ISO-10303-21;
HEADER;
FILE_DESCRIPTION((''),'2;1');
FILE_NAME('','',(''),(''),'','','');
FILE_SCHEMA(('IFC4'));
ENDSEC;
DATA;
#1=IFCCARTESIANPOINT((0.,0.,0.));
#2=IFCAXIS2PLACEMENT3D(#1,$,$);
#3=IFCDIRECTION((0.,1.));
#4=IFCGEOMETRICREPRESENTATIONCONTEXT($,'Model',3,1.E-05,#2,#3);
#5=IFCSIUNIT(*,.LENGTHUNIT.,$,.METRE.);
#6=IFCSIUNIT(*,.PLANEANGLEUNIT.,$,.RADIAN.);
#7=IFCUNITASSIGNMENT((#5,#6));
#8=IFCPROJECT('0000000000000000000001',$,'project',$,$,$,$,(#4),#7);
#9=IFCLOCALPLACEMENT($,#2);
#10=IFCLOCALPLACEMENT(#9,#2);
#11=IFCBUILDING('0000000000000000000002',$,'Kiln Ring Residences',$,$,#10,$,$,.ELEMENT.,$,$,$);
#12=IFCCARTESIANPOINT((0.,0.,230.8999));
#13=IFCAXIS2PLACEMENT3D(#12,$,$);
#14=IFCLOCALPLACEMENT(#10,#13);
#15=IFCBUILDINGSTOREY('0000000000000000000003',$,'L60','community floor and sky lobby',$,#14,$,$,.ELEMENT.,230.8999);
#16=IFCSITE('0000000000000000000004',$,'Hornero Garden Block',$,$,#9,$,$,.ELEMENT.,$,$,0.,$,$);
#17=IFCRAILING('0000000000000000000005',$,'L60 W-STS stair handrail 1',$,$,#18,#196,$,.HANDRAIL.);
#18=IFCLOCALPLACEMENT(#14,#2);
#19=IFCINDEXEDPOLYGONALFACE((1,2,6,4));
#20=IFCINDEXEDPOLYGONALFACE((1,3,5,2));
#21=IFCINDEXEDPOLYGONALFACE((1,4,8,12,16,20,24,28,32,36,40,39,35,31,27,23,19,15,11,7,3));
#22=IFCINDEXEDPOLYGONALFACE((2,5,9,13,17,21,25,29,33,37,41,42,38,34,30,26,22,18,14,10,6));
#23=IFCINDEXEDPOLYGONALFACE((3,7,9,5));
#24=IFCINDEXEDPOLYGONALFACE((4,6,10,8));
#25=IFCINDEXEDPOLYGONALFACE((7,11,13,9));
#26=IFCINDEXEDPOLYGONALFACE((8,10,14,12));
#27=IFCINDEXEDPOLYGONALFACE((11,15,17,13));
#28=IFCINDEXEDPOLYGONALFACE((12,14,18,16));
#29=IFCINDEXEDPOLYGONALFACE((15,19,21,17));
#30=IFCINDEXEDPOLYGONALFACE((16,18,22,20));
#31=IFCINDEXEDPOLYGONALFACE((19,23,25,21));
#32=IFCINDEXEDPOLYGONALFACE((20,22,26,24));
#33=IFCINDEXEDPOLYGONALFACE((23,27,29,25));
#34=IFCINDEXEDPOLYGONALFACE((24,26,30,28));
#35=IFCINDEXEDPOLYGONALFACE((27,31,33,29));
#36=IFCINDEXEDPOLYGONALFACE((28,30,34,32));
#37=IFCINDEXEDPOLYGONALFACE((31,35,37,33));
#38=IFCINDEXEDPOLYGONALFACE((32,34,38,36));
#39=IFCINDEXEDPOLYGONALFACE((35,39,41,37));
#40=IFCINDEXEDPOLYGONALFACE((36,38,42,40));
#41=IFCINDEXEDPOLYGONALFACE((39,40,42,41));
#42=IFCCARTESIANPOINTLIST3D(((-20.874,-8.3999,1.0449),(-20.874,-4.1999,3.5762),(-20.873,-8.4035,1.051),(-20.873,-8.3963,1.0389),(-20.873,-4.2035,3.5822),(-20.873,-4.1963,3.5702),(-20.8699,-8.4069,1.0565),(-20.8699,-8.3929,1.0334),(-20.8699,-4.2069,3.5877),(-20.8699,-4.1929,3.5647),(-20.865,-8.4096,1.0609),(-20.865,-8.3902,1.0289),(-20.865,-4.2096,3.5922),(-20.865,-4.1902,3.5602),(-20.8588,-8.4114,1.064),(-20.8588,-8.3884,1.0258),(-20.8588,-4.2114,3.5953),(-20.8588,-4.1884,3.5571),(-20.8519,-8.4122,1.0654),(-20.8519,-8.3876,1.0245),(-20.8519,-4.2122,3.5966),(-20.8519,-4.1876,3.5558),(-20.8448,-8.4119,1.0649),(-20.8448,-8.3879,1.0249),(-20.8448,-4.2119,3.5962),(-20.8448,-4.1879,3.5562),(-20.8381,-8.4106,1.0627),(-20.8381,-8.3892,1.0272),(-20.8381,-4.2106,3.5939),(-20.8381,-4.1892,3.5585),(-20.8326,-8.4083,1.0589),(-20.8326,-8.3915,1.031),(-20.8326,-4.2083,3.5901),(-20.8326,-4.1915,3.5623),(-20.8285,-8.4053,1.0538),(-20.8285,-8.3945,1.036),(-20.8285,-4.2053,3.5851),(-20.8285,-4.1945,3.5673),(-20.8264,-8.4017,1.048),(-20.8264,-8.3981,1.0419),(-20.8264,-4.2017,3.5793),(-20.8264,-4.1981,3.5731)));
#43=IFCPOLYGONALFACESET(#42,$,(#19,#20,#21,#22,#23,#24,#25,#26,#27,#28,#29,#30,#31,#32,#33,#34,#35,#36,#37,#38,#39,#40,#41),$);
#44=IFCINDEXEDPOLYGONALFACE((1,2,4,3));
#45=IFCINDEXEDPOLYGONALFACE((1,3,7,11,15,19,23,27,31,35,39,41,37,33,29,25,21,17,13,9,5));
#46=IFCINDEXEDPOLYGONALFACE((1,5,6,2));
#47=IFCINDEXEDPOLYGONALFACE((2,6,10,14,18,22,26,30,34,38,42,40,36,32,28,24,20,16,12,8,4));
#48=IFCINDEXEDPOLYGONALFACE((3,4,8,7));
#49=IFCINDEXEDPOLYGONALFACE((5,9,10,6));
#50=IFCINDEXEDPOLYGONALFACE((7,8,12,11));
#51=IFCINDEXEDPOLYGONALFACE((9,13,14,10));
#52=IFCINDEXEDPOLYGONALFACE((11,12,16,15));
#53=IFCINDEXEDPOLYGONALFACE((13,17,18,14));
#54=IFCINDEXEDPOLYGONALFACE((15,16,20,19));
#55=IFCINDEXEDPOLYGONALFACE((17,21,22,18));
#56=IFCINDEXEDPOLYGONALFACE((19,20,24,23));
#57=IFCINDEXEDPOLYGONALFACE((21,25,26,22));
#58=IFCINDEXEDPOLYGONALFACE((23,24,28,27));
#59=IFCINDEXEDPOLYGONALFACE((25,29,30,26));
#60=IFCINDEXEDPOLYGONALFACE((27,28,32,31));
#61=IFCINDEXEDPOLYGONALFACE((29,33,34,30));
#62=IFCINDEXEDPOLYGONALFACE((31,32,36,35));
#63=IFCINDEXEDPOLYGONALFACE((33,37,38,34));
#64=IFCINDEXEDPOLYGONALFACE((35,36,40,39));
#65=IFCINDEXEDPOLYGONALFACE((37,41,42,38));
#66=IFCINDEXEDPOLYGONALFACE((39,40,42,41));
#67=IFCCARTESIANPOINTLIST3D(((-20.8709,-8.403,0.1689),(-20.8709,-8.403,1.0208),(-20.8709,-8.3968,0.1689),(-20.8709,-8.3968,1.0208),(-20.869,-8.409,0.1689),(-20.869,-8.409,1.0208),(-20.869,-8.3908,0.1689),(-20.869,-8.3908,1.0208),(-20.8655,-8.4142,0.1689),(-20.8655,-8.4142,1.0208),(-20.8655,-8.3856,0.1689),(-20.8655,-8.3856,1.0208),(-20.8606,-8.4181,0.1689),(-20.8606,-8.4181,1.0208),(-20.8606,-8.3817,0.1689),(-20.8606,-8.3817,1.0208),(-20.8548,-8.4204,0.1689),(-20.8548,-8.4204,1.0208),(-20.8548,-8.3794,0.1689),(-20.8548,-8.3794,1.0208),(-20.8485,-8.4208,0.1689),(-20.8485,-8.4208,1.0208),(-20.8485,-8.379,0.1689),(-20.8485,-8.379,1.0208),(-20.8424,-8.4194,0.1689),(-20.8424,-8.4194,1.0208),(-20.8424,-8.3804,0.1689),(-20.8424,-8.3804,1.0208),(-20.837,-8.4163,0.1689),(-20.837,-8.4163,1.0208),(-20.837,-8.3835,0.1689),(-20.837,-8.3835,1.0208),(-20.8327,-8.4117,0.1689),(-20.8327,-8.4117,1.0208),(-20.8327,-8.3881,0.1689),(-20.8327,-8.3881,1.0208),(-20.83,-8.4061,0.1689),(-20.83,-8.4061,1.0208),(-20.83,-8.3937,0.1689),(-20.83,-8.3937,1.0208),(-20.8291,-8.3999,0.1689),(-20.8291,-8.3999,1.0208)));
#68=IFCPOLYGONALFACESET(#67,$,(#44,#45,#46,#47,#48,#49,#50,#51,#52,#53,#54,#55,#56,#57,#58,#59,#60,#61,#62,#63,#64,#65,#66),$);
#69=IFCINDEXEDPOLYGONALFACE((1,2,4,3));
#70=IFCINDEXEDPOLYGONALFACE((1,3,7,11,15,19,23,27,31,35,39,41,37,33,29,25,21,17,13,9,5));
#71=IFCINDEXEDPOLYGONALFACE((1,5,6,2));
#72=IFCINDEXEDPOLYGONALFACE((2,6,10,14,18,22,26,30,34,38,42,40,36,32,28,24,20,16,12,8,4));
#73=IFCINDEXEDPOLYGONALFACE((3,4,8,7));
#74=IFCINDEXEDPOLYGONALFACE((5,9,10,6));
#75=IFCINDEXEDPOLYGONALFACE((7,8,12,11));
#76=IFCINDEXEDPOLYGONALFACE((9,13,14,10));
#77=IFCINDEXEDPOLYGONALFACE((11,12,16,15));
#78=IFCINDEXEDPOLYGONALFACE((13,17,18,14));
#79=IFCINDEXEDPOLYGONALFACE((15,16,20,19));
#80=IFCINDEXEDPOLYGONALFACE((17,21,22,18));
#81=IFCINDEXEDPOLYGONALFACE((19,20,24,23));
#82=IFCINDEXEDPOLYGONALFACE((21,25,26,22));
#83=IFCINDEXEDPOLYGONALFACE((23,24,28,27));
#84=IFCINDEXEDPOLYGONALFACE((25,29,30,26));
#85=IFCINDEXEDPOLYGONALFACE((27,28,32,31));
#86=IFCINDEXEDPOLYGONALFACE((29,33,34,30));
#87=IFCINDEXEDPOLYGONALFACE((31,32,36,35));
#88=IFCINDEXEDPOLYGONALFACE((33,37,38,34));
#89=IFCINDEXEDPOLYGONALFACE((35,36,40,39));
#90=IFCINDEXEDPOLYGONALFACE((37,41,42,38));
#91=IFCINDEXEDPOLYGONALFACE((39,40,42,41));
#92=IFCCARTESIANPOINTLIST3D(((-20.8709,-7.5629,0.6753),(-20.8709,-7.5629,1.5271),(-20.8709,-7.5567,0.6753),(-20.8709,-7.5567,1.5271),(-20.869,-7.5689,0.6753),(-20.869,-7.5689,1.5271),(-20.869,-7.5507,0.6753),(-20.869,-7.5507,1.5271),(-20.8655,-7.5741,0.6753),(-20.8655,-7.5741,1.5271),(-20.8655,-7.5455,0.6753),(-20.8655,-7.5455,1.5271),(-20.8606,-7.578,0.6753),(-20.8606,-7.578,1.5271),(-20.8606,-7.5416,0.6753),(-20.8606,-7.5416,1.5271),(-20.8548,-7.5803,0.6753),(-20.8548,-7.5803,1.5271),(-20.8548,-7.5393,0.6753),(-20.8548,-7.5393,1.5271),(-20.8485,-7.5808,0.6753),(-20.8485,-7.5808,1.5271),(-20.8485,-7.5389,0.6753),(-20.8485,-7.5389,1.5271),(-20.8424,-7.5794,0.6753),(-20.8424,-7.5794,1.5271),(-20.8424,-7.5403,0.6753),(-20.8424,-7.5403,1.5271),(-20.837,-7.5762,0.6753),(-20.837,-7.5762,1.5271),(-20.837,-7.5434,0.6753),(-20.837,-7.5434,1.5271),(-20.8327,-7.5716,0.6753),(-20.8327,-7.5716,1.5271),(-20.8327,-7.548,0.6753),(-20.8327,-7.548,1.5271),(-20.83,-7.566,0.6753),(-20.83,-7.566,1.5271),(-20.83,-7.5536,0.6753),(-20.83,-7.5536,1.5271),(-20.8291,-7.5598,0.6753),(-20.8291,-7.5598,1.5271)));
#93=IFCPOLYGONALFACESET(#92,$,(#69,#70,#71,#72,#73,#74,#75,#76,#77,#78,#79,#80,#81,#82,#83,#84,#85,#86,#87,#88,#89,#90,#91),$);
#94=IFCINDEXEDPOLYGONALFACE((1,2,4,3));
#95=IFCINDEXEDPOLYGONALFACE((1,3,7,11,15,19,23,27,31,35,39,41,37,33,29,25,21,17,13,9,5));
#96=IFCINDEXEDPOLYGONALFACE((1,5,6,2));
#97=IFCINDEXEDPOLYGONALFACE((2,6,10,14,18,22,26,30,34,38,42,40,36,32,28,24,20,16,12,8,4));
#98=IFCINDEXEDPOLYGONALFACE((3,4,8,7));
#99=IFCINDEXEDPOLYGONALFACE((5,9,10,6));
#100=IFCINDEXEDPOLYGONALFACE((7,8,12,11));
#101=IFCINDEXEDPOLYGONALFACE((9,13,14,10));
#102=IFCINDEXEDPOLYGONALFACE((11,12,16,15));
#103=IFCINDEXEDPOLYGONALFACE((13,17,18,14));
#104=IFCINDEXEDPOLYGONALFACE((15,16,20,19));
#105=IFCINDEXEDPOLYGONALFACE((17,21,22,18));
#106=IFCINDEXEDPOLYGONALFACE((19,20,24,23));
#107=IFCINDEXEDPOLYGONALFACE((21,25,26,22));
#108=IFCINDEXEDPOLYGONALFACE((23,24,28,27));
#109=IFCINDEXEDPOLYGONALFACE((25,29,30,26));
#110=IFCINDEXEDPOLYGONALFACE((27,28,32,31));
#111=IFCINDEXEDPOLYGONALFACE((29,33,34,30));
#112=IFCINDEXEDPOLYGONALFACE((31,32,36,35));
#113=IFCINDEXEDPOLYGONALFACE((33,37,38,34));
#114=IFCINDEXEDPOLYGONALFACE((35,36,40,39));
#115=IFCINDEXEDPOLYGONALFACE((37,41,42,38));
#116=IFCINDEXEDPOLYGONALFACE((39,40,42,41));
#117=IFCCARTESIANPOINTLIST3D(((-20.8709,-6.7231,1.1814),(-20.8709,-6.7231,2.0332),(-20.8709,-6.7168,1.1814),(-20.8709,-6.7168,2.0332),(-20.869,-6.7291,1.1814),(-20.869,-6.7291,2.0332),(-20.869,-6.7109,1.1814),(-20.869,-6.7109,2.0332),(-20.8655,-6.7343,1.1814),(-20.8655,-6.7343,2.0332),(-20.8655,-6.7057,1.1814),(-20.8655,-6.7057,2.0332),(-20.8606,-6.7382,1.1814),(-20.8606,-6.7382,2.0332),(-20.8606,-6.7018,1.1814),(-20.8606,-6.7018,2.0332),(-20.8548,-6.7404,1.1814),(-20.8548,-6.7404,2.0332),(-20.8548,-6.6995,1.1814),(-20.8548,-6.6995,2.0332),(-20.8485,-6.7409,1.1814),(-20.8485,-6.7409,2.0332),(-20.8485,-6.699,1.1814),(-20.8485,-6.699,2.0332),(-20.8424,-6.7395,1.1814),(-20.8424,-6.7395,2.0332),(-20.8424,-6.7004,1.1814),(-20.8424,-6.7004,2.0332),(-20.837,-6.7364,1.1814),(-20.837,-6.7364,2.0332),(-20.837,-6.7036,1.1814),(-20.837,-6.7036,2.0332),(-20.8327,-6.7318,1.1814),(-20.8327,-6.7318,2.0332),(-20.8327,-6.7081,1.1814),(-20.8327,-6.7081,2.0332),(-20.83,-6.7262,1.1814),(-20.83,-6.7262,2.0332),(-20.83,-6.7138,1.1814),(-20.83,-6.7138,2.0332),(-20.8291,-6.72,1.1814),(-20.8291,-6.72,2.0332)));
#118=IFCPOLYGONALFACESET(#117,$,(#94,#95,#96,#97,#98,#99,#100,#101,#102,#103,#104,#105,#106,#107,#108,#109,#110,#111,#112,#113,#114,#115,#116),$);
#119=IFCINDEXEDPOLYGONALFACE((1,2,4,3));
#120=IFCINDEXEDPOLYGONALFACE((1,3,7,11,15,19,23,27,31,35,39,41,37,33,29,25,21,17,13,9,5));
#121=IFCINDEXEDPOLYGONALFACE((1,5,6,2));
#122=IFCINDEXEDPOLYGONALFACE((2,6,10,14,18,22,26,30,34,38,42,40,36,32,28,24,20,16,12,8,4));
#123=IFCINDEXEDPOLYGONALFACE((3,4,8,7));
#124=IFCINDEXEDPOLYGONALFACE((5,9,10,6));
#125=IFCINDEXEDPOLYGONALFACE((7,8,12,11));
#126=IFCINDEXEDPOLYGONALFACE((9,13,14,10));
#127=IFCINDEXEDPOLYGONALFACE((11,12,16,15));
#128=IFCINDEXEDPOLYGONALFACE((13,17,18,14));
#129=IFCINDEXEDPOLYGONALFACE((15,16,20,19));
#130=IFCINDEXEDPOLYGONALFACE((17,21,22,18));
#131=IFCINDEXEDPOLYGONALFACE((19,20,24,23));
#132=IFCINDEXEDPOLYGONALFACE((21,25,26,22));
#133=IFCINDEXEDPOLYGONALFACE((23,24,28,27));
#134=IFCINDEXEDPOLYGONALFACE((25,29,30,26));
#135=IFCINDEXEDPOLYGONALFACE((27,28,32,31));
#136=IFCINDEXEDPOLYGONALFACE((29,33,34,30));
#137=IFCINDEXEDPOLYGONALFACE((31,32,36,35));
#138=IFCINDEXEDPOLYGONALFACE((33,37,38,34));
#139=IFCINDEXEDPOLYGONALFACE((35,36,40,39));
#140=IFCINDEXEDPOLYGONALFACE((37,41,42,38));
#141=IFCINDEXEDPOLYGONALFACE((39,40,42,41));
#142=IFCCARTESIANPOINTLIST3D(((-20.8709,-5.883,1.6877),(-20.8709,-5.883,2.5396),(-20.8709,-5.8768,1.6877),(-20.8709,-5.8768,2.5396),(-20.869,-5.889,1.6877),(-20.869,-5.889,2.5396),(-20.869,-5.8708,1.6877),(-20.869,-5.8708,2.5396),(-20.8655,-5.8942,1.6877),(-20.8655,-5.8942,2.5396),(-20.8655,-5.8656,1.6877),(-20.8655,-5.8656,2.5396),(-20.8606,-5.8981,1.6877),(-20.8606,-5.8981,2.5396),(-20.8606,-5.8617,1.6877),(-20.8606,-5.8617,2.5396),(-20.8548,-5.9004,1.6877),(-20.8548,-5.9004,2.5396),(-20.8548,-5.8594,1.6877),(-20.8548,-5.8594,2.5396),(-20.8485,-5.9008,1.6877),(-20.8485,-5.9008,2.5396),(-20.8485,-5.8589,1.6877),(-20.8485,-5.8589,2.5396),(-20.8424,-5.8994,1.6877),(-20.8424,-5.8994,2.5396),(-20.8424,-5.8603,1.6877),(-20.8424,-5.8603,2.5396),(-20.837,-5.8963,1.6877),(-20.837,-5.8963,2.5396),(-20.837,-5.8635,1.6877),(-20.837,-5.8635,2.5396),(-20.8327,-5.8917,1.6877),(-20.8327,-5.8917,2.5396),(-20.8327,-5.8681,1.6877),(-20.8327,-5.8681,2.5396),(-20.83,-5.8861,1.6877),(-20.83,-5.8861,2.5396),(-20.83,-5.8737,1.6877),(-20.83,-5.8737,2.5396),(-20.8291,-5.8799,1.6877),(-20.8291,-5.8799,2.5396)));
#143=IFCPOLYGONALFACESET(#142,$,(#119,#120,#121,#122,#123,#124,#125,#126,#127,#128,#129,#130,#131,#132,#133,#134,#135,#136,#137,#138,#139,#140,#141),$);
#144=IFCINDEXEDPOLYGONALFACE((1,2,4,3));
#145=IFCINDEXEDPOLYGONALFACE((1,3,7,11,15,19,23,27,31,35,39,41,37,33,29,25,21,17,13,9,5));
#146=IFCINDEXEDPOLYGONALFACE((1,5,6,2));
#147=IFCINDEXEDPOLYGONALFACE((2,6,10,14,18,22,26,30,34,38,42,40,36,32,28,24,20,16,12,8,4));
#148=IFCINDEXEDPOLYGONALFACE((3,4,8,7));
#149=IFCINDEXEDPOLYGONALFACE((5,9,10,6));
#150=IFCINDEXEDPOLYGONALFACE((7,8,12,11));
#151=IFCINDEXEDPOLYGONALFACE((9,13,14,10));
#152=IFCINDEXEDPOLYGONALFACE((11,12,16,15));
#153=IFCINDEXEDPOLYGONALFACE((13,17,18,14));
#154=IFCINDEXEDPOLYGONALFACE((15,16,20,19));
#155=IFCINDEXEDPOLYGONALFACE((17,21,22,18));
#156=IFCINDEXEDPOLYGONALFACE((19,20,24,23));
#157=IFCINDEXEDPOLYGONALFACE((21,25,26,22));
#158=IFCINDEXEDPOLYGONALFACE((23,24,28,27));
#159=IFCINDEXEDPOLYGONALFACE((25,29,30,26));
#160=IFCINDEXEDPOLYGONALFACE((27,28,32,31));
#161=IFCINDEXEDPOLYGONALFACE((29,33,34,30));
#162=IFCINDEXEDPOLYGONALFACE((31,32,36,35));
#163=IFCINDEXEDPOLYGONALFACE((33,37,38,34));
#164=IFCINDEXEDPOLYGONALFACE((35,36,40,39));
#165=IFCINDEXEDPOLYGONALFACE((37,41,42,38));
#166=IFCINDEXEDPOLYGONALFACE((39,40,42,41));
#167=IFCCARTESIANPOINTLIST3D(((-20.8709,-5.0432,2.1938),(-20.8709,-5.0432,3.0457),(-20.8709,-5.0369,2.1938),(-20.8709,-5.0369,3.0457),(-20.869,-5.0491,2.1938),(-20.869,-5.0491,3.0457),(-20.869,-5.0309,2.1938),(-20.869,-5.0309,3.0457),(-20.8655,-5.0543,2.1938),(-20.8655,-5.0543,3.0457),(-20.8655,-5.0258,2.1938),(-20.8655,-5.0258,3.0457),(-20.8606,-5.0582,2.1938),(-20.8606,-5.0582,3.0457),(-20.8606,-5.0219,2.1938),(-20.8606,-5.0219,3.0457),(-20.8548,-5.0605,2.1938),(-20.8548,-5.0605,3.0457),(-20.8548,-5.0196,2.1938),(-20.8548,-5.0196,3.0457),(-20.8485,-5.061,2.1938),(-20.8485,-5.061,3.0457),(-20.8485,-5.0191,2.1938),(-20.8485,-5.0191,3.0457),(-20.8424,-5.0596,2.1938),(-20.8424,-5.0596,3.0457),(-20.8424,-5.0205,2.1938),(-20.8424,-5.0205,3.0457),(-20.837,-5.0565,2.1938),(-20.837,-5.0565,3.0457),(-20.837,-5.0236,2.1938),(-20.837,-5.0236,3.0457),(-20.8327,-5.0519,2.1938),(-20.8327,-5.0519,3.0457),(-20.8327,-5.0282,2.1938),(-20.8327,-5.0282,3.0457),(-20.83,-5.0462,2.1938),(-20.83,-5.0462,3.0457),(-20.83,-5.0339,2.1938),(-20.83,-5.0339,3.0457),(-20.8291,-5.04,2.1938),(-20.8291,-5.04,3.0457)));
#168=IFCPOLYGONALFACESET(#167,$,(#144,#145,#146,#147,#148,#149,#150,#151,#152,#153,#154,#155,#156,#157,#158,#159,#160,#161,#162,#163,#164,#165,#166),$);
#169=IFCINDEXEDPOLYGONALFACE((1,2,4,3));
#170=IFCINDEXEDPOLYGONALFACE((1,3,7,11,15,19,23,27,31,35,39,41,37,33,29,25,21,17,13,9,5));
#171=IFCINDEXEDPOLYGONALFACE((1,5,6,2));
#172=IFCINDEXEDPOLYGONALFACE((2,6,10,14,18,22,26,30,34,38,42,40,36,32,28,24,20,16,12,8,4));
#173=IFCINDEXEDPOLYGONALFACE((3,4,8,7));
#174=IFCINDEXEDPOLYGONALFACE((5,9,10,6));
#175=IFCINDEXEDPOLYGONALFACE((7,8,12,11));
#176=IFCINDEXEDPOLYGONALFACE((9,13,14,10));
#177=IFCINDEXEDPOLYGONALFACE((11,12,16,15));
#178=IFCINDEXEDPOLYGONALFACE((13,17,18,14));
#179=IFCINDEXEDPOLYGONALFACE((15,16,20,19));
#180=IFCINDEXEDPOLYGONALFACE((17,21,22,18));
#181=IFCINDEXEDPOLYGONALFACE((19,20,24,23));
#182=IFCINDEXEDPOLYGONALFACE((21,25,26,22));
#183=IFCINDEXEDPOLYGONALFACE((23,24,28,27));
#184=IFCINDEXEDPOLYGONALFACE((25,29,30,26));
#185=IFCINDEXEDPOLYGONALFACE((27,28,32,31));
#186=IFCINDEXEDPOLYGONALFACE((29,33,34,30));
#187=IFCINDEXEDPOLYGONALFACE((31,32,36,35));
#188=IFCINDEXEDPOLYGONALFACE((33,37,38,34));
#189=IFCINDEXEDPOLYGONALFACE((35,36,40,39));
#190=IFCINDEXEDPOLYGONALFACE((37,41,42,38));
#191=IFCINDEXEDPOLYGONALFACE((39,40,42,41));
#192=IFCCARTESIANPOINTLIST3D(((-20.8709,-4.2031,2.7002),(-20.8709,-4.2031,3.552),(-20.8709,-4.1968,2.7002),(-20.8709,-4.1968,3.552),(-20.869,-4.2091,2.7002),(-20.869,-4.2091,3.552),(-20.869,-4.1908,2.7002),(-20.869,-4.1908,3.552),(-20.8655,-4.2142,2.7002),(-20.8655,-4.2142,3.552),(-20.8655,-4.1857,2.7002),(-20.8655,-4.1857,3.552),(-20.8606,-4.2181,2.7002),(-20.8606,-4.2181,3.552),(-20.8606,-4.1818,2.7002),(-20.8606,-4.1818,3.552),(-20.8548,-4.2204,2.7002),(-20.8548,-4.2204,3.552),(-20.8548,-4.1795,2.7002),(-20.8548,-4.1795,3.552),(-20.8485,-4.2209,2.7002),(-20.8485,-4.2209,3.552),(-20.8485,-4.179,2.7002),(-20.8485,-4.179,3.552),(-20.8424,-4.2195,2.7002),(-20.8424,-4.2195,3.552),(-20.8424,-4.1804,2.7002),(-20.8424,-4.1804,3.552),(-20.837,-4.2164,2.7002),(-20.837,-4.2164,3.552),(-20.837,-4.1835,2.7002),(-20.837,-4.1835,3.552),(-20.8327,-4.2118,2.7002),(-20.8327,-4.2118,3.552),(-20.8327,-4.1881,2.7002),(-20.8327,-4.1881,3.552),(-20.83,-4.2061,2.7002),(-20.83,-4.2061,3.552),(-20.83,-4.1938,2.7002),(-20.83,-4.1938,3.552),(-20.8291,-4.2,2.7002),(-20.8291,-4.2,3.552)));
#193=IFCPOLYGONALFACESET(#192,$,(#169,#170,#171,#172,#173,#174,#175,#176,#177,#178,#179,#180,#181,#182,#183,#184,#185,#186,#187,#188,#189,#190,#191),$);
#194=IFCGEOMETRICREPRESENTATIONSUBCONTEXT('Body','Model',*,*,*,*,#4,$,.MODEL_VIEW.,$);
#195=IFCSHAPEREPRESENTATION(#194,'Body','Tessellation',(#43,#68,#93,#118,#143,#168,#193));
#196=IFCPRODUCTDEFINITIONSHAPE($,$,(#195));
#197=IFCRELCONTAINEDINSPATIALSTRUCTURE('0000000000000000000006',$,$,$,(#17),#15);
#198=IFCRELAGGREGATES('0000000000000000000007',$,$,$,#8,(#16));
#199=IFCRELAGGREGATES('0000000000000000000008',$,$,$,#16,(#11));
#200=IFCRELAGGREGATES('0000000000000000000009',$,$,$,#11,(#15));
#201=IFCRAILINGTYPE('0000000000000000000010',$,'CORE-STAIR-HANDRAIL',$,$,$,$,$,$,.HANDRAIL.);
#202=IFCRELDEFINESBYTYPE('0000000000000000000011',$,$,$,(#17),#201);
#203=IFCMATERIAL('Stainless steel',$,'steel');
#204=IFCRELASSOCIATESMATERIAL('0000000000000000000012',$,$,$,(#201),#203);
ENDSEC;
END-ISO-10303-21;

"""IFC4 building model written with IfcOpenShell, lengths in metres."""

from ifc_helpers import new_model, si_unit, direction, frame, origin, origin_2d, place, context, subcontext, project, spatial, circle, extrude, material, type_object, element, save


model = new_model("IFC4")

# Units and contexts
model_context = context("Model", 3, precision=1e-05, world=origin(), true_north=direction((0.0, 1.0)))
body_context = subcontext(model_context, "Body", "Model", "MODEL_VIEW")
ifc_project = project(units=[si_unit("LENGTHUNIT", "METRE"), si_unit("PLANEANGLEUNIT", "RADIAN")], contexts=[model_context])

# Site, building, storey
site_placement = place(None, origin())
site = spatial("IfcSite", under=ifc_project, at=site_placement, Name="Hornero Garden Block", CompositionType="ELEMENT", RefElevation=0.0)
building_placement = place(site_placement, origin())
building = spatial("IfcBuilding", under=site, at=building_placement, Name="Kiln Ring Residences", CompositionType="ELEMENT")
storey_placement = place(building_placement, frame((0.0, 0.0, 230.8999)))
storey = spatial("IfcBuildingStorey", under=building, at=storey_placement, Name="L60", Description="community floor and sky lobby", CompositionType="ELEMENT", Elevation=230.8999)

# Railing
ifc_material_1 = material(Name="Stainless steel", Category="steel")
railing_type_1 = type_object("IfcRailingType", Name="CORE-STAIR-HANDRAIL", PredefinedType="HANDRAIL", material=ifc_material_1)
railing_1_placement = place(storey_placement, frame((-20.8501, -8.3999, 0.1689)))
element("IfcRailing", 1, at=railing_1_placement, inside=storey, type_object=railing_type_1, Name="L60 W-STS stair handrail 1", PredefinedType="HANDRAIL", context=body_context, shape_type="SweptSolid", body=[
    extrude(circle(Radius=0.0239, at=origin_2d()), frame((0.0, 0.0, 0.876), z_axis=(0.0, 0.856476, 0.516186), x_axis=(-1.0, 0.0, 0.0)), (0.0, 0.0, 1.0), 4.9038),
    extrude(circle(Radius=0.021, at=origin_2d()), origin(), (0.0, 0.0, 1.0), 0.8518),
    extrude(circle(Radius=0.021, at=origin_2d()), frame((0.0, 0.8401, 0.5063)), (0.0, 0.0, 1.0), 0.8518),
    extrude(circle(Radius=0.021, at=origin_2d()), frame((0.0, 1.6799, 1.0125)), (0.0, 0.0, 1.0), 0.8518),
    extrude(circle(Radius=0.021, at=origin_2d()), frame((0.0, 2.52, 1.5188)), (0.0, 0.0, 1.0), 0.8518),
    extrude(circle(Radius=0.021, at=origin_2d()), frame((0.0, 3.3599, 2.0249)), (0.0, 0.0, 1.0), 0.8518),
    extrude(circle(Radius=0.021, at=origin_2d()), frame((0.0, 4.2, 2.5312)), (0.0, 0.0, 1.0), 0.8518),
])

save(model, "model.ifc")
